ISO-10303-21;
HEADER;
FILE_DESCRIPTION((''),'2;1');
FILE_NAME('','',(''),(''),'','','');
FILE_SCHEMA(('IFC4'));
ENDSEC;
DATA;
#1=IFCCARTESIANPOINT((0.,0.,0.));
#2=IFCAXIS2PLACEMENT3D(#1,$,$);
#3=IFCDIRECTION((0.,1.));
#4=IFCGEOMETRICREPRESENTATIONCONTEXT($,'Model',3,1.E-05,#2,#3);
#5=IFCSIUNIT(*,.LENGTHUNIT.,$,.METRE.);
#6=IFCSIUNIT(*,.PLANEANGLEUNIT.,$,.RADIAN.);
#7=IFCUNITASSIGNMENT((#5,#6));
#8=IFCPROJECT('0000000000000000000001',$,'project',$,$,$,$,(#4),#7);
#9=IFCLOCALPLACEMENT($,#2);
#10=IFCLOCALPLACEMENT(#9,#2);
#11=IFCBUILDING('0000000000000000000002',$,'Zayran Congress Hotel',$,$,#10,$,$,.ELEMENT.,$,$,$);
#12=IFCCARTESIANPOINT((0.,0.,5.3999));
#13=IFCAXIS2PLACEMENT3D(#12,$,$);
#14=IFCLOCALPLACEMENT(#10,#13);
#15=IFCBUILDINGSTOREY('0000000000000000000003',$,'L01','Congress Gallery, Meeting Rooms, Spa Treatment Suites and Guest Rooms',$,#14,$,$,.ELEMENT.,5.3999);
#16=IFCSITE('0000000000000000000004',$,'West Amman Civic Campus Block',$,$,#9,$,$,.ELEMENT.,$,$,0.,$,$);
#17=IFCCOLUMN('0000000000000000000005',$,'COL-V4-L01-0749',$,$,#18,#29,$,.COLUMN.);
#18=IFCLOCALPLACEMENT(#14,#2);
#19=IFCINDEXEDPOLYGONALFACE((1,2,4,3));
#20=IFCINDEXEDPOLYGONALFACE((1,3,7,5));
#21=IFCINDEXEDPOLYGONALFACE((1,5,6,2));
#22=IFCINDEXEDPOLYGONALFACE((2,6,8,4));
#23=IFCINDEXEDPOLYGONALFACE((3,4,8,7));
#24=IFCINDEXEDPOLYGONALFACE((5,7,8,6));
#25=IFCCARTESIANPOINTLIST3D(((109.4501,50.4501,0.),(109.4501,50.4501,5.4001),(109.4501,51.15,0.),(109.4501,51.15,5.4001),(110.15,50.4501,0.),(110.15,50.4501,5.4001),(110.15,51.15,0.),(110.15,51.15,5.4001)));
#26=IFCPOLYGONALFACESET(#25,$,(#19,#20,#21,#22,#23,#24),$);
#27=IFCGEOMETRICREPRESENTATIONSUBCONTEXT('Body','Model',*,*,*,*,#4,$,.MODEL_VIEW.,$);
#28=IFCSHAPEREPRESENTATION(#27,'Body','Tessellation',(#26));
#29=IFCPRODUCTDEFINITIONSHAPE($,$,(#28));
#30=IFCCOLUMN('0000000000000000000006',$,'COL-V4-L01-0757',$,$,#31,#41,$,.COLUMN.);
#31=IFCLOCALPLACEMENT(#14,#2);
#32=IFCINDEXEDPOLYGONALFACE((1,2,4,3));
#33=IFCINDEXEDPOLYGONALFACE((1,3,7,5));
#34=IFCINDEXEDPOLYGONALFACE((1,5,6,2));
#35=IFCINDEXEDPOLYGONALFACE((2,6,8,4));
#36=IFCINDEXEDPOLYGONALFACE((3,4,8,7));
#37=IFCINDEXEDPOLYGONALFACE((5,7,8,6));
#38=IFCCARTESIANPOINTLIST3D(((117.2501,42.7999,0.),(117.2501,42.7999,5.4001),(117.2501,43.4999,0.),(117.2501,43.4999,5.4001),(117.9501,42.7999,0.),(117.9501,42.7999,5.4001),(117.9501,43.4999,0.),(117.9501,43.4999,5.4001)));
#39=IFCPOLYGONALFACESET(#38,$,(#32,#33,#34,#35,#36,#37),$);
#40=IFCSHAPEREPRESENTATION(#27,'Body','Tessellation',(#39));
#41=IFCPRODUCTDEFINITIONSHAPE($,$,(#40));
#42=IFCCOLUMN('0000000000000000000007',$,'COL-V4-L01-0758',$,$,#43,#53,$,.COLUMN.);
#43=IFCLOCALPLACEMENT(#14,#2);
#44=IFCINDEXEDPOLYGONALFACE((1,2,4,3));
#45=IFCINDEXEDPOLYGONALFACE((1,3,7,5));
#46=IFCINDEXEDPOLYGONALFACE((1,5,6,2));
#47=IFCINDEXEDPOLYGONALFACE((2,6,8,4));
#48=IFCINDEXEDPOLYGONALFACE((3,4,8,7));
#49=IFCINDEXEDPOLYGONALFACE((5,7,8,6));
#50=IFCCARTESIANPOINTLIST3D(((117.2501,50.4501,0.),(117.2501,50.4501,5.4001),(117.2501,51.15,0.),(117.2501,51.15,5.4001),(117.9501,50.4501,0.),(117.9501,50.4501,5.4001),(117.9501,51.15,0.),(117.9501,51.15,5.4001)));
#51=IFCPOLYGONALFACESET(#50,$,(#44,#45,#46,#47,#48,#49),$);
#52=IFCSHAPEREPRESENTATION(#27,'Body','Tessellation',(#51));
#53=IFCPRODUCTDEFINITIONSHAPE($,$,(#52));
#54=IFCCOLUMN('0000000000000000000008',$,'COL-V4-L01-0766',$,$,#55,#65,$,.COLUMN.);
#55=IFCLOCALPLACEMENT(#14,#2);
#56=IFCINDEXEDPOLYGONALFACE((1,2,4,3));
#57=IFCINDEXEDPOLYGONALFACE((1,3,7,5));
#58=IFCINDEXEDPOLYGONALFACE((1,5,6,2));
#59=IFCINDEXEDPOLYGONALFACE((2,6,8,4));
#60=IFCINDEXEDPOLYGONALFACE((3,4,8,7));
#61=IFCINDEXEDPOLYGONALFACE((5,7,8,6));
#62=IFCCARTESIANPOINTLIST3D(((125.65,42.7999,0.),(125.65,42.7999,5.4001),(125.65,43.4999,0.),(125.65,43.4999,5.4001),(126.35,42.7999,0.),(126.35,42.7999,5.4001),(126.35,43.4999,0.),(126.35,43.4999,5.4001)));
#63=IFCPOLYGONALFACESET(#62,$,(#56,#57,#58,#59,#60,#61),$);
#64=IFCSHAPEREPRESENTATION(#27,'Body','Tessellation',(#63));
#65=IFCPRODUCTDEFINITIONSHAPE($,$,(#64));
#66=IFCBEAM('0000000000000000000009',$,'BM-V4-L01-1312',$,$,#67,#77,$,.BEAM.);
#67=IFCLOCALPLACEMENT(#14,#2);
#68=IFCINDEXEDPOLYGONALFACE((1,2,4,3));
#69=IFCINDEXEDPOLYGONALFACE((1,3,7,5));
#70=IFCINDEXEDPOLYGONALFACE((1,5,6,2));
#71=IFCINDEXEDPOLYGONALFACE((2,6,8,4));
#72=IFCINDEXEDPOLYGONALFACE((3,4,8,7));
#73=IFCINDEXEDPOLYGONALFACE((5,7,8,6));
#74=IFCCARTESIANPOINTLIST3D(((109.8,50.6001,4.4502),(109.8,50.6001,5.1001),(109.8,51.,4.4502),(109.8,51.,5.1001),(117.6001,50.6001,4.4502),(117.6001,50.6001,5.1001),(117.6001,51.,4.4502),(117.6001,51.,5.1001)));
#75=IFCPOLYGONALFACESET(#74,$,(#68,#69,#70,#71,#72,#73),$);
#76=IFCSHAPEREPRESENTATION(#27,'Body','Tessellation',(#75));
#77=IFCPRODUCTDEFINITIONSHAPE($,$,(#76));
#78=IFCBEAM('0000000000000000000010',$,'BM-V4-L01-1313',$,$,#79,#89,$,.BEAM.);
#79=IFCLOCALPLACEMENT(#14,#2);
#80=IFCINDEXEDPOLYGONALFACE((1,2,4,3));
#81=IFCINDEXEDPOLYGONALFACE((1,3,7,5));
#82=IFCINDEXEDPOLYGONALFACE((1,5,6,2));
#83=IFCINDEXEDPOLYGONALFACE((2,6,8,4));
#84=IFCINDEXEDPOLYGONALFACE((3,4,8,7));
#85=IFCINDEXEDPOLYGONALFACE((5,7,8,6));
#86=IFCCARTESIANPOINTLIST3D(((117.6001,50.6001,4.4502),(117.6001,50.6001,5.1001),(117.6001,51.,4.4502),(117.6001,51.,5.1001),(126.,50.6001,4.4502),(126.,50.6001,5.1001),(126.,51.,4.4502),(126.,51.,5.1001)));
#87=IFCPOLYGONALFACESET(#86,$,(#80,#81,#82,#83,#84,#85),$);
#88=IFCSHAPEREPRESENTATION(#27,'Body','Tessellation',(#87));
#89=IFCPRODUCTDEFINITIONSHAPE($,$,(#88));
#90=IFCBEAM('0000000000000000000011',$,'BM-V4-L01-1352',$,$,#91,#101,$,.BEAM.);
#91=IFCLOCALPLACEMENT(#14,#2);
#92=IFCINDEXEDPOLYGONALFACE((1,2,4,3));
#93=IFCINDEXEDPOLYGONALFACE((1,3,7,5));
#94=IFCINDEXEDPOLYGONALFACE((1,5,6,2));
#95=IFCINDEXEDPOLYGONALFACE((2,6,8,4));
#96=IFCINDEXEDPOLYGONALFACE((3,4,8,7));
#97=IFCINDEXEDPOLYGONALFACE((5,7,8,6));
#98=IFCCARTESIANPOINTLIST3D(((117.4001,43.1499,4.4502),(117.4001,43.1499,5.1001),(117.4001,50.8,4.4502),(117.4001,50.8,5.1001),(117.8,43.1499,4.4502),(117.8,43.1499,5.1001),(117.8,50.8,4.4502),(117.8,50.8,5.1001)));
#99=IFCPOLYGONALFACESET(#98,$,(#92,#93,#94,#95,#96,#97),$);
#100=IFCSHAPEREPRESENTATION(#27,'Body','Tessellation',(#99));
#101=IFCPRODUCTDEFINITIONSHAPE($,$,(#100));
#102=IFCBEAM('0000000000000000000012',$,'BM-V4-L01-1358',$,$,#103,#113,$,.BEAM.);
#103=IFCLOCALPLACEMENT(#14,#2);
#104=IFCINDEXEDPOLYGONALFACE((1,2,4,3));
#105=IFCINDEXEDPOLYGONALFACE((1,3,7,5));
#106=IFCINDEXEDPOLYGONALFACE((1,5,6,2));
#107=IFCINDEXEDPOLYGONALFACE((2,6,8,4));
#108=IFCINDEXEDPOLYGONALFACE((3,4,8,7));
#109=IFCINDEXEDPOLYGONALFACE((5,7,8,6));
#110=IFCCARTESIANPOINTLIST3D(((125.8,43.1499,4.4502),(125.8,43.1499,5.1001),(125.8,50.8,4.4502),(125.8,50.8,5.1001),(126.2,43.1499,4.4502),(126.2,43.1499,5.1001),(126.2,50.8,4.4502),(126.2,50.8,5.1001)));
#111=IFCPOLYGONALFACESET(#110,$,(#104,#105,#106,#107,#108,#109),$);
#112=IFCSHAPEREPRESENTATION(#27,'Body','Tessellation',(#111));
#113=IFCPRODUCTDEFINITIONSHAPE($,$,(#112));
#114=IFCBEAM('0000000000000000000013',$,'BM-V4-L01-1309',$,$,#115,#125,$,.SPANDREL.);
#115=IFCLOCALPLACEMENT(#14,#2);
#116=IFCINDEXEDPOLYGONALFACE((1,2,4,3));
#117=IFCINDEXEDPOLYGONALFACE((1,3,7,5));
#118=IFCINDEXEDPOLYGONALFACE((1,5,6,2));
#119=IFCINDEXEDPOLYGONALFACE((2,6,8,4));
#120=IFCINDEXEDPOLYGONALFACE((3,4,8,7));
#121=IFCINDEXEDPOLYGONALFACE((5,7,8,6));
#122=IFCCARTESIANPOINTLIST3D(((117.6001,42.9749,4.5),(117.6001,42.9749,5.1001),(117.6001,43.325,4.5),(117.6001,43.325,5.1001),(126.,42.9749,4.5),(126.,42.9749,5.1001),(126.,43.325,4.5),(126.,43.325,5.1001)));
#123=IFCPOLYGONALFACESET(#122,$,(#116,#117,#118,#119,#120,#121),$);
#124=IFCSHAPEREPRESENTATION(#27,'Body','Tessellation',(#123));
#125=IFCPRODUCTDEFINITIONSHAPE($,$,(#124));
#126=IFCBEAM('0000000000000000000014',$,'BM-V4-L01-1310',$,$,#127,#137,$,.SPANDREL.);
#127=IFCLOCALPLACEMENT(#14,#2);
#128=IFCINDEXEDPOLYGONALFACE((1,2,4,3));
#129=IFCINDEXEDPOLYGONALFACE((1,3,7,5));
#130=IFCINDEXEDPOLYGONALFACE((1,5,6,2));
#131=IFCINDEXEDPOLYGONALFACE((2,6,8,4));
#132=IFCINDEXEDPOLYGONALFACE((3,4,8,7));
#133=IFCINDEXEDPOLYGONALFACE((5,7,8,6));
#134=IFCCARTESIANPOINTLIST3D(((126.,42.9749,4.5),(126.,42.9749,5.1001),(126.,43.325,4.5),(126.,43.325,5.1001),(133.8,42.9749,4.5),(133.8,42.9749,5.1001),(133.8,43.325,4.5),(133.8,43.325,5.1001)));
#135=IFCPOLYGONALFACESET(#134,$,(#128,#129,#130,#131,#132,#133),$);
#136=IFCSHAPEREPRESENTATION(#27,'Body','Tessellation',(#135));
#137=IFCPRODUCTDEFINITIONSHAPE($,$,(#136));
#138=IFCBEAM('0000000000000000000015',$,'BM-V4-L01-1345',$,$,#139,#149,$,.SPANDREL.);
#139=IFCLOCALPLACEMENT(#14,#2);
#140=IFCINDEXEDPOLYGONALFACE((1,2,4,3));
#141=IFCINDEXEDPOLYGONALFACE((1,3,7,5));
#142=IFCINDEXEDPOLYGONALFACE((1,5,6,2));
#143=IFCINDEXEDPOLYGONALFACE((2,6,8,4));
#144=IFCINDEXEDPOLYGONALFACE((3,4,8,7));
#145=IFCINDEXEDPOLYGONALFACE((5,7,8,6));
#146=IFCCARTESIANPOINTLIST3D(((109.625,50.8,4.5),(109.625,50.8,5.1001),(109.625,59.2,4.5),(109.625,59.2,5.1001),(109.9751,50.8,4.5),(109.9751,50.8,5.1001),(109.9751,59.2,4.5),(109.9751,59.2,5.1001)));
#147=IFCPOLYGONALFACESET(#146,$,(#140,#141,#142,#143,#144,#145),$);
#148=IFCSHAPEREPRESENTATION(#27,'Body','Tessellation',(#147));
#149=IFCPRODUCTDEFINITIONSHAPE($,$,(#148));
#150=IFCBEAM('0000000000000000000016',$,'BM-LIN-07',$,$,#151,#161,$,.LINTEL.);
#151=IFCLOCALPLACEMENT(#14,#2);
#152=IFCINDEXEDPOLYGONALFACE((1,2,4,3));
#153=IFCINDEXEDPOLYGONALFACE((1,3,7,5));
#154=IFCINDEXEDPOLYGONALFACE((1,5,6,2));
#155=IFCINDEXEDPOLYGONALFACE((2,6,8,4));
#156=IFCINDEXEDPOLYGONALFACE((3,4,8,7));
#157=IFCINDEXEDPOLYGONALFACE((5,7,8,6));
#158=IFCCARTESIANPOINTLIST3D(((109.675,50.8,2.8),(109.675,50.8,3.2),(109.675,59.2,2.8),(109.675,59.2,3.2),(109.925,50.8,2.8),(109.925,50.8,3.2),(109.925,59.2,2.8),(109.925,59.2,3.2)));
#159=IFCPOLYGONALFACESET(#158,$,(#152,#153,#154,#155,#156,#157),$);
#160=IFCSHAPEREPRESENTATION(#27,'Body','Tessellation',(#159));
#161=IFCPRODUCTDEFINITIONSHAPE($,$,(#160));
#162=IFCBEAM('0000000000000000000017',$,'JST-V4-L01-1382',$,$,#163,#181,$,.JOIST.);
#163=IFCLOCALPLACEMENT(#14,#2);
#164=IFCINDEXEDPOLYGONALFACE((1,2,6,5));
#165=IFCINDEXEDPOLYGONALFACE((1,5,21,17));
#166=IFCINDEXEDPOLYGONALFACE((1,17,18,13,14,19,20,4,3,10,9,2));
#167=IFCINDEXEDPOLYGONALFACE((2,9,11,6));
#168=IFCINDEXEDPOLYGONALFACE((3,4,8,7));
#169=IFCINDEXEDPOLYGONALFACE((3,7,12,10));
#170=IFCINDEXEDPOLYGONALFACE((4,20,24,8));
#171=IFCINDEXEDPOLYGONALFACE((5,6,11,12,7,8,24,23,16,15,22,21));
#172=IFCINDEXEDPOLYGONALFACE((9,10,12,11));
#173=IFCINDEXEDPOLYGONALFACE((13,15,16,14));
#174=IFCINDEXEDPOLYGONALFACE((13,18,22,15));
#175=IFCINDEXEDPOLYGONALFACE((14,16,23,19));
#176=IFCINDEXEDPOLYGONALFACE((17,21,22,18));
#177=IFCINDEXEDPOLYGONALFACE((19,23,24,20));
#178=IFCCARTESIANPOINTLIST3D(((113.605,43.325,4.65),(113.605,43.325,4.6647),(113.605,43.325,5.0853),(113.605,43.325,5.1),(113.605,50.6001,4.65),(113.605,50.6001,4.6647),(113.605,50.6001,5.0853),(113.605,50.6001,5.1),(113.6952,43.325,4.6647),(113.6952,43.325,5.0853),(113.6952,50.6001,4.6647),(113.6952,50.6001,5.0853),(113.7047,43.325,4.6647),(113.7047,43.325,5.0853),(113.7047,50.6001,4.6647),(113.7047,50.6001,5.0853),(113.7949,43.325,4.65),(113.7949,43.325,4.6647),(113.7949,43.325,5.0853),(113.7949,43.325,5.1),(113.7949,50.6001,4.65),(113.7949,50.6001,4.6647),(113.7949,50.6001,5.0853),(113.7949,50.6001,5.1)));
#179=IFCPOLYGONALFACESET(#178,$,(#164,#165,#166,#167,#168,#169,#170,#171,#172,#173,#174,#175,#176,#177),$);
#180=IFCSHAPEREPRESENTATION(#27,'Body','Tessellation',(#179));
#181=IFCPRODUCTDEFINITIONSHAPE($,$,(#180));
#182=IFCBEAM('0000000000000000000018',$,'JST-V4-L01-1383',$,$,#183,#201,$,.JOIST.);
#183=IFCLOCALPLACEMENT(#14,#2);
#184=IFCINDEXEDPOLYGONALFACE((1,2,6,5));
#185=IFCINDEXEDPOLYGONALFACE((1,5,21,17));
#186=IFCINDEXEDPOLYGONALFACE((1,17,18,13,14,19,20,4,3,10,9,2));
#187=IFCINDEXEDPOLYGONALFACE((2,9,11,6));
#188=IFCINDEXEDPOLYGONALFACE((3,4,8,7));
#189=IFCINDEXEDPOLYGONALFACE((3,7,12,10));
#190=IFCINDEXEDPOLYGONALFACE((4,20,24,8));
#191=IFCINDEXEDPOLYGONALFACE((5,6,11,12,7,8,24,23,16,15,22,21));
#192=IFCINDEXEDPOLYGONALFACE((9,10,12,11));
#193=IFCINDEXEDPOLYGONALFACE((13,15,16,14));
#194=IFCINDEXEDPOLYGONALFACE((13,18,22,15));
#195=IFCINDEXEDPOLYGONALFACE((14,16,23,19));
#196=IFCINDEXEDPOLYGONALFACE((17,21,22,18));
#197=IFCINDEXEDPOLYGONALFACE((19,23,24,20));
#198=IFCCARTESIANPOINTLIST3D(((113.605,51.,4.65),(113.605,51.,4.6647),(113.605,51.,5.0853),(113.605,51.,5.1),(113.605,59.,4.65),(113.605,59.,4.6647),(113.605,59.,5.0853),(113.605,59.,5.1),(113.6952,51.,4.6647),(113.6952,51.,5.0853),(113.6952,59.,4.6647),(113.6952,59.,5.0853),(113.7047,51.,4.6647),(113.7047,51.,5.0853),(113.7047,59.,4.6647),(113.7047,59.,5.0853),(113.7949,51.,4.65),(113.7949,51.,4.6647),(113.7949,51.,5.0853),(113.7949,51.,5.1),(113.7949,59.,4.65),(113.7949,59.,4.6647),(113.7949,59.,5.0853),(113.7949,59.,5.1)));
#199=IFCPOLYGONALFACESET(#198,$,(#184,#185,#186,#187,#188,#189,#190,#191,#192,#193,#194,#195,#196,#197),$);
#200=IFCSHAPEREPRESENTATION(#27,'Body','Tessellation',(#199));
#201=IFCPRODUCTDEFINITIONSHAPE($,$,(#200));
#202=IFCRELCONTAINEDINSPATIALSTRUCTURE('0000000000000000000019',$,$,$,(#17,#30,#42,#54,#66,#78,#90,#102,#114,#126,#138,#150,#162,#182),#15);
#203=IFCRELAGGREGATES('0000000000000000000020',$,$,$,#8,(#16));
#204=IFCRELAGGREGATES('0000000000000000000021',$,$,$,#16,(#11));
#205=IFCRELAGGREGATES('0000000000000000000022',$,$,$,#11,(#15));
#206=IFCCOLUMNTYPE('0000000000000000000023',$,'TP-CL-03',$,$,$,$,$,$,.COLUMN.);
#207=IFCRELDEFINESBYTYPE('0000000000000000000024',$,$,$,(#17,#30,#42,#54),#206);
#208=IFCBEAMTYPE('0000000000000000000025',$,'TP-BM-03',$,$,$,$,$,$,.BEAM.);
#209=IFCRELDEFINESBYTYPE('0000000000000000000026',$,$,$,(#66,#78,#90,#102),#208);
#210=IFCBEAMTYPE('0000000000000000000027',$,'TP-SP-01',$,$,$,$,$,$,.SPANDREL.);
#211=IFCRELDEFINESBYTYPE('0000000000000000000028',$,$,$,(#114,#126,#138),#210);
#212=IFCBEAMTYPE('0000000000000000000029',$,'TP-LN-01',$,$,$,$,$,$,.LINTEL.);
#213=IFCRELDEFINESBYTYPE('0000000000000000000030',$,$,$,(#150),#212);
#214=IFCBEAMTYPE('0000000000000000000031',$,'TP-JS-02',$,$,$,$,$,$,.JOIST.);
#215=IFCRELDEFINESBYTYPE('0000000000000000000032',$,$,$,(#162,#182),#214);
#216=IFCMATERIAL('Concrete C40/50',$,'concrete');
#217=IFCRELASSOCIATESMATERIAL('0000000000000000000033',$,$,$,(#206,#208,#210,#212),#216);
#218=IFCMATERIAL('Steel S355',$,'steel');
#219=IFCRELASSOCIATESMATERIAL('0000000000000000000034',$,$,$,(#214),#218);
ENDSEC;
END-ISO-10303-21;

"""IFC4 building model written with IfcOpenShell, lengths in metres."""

from ifc_helpers import new_model, si_unit, direction, frame, origin, origin_2d, place, context, subcontext, project, spatial, rectangle, i_section, extrude, material, material_profile, profile_set, type_object, element, save


model = new_model("IFC4")

# Units and contexts
model_context = context("Model", 3, precision=1e-05, world=origin(), true_north=direction((0.0, 1.0)))
body_context = subcontext(model_context, "Body", "Model", "MODEL_VIEW")
ifc_project = project(units=[si_unit("LENGTHUNIT", "METRE"), si_unit("PLANEANGLEUNIT", "RADIAN")], contexts=[model_context])

# Site, building, storey
site_placement = place(None, origin())
site = spatial("IfcSite", under=ifc_project, at=site_placement, Name="West Amman Civic Campus Block", CompositionType="ELEMENT", RefElevation=0.0)
building_placement = place(site_placement, origin())
building = spatial("IfcBuilding", under=site, at=building_placement, Name="Zayran Congress Hotel", CompositionType="ELEMENT")
storey_placement = place(building_placement, frame((0.0, 0.0, 5.3999)))
storey = spatial("IfcBuildingStorey", under=building, at=storey_placement, Name="L01", Description="Congress Gallery, Meeting Rooms, Spa Treatment Suites and Guest Rooms", CompositionType="ELEMENT", Elevation=5.3999)

# Columns
ifc_material_1 = material(Name="Concrete C40/50", Category="concrete")
ifc_material_profile_1 = material_profile(ifc_material_1, rectangle(XDim=0.7, YDim=0.7, at=origin_2d()), Name="RC 700x700")
ifc_profile_set_1 = profile_set([ifc_material_profile_1], Name="Concrete C40/50")
column_type = type_object("IfcColumnType", Name="TP-CL-03", PredefinedType="COLUMN", material=ifc_profile_set_1)
for number, where, z_axis, x_axis, name in (
    (1, (109.8, 50.8, 0.0), (0.0, 0.0, 1.0), (1.0, 0.0, 0.0), "COL-V4-L01-0749"),
    (2, (117.6001, 43.1499, 0.0), (0.0, 0.0, 1.0), (1.0, 0.0, 0.0), "COL-V4-L01-0757"),
    (3, (117.6001, 50.8, 0.0), (0.0, 0.0, 1.0), (1.0, 0.0, 0.0), "COL-V4-L01-0758"),
    (4, (126.0, 43.1499, 0.0), (0.0, 0.0, 1.0), (1.0, 0.0, 0.0), "COL-V4-L01-0766"),
):
    element("IfcColumn", number, at=place(storey_placement, frame(where, z_axis=z_axis, x_axis=x_axis)), inside=storey, type_object=column_type, Name=name, PredefinedType="COLUMN", context=body_context, shape_type="SweptSolid", body=[
        extrude(rectangle(XDim=0.7, YDim=0.7, at=origin_2d()), origin(), (0.0, 0.0, 1.0), 5.4001),
    ])

# Beams
ifc_material_profile_2 = material_profile(ifc_material_1, rectangle(XDim=0.3999, YDim=0.6499, at=origin_2d()), Name="RC 400x650")
ifc_profile_set_2 = profile_set([ifc_material_profile_2], Name="Concrete C40/50")
beam_type_1 = type_object("IfcBeamType", Name="TP-BM-03", PredefinedType="BEAM", material=ifc_profile_set_2)
beam_1_placement = place(storey_placement, frame((109.8, 50.8, 4.7751), z_axis=(1.0, 0.0, 0.0), x_axis=(0.0, 1.0, 0.0)))
element("IfcBeam", 5, at=beam_1_placement, inside=storey, type_object=beam_type_1, Name="BM-V4-L01-1312", PredefinedType="BEAM", context=body_context, shape_type="SweptSolid", body=[
    extrude(rectangle(XDim=0.3999, YDim=0.6499, at=origin_2d()), origin(), (0.0, 0.0, 1.0), 7.8),
])
beam_2_placement = place(storey_placement, frame((117.6001, 50.8, 4.7751), z_axis=(1.0, 0.0, 0.0), x_axis=(0.0, 1.0, 0.0)))
element("IfcBeam", 6, at=beam_2_placement, inside=storey, type_object=beam_type_1, Name="BM-V4-L01-1313", PredefinedType="BEAM", context=body_context, shape_type="SweptSolid", body=[
    extrude(rectangle(XDim=0.3999, YDim=0.6499, at=origin_2d()), origin(), (0.0, 0.0, 1.0), 8.3999),
])
for number, where, z_axis, x_axis, name in (
    (7, (117.6001, 43.1499, 4.7751), (0.0, 1.0, 0.0), (-1.0, 0.0, 0.0), "BM-V4-L01-1352"),
    (8, (126.0, 43.1499, 4.7751), (0.0, 1.0, 0.0), (-1.0, 0.0, 0.0), "BM-V4-L01-1358"),
):
    element("IfcBeam", number, at=place(storey_placement, frame(where, z_axis=z_axis, x_axis=x_axis)), inside=storey, type_object=beam_type_1, Name=name, PredefinedType="BEAM", context=body_context, shape_type="SweptSolid", body=[
        extrude(rectangle(XDim=0.3999, YDim=0.6499, at=origin_2d()), origin(), (0.0, 0.0, 1.0), 7.6501),
    ])
ifc_material_profile_3 = material_profile(ifc_material_1, rectangle(XDim=0.3501, YDim=0.6001, at=origin_2d()), Name="RC 350x600")
ifc_profile_set_3 = profile_set([ifc_material_profile_3], Name="Concrete C40/50")
beam_type_2 = type_object("IfcBeamType", Name="TP-SP-01", PredefinedType="SPANDREL", material=ifc_profile_set_3)
beam_3_placement = place(storey_placement, frame((117.6001, 43.1499, 4.8), z_axis=(1.0, 0.0, 0.0), x_axis=(0.0, 1.0, 0.0)))
element("IfcBeam", 9, at=beam_3_placement, inside=storey, type_object=beam_type_2, Name="BM-V4-L01-1309", PredefinedType="SPANDREL", context=body_context, shape_type="SweptSolid", body=[
    extrude(rectangle(XDim=0.3501, YDim=0.6001, at=origin_2d()), origin(), (0.0, 0.0, 1.0), 8.3999),
])
beam_4_placement = place(storey_placement, frame((126.0, 43.1499, 4.8), z_axis=(1.0, 0.0, 0.0), x_axis=(0.0, 1.0, 0.0)))
element("IfcBeam", 10, at=beam_4_placement, inside=storey, type_object=beam_type_2, Name="BM-V4-L01-1310", PredefinedType="SPANDREL", context=body_context, shape_type="SweptSolid", body=[
    extrude(rectangle(XDim=0.3501, YDim=0.6001, at=origin_2d()), origin(), (0.0, 0.0, 1.0), 7.8),
])
beam_5_placement = place(storey_placement, frame((109.8, 50.8, 4.8), z_axis=(0.0, 1.0, 0.0), x_axis=(-1.0, 0.0, 0.0)))
element("IfcBeam", 11, at=beam_5_placement, inside=storey, type_object=beam_type_2, Name="BM-V4-L01-1345", PredefinedType="SPANDREL", context=body_context, shape_type="SweptSolid", body=[
    extrude(rectangle(XDim=0.3501, YDim=0.6001, at=origin_2d()), origin(), (0.0, 0.0, 1.0), 8.3999),
])
ifc_material_profile_4 = material_profile(ifc_material_1, rectangle(XDim=0.25, YDim=0.3999, at=origin_2d()), Name="RC 250x400")
ifc_profile_set_4 = profile_set([ifc_material_profile_4], Name="Concrete C40/50")
beam_type_3 = type_object("IfcBeamType", Name="TP-LN-01", PredefinedType="LINTEL", material=ifc_profile_set_4)
beam_6_placement = place(storey_placement, frame((109.8, 50.8, 3.0), z_axis=(0.0, 1.0, 0.0), x_axis=(-1.0, 0.0, 0.0)))
element("IfcBeam", 12, at=beam_6_placement, inside=storey, type_object=beam_type_3, Name="BM-LIN-07", PredefinedType="LINTEL", context=body_context, shape_type="SweptSolid", body=[
    extrude(rectangle(XDim=0.25, YDim=0.3999, at=origin_2d()), origin(), (0.0, 0.0, 1.0), 8.3999),
])
ifc_material_2 = material(Name="Steel S355", Category="steel")
ifc_material_profile_5 = material_profile(ifc_material_2, i_section(OverallWidth=0.1899, OverallDepth=0.45, WebThickness=0.0095, FlangeThickness=0.0146, at=origin_2d()), Name="IPE 450")
ifc_profile_set_5 = profile_set([ifc_material_profile_5], Name="Steel S355")
beam_type_4 = type_object("IfcBeamType", Name="TP-JS-02", PredefinedType="JOIST", material=ifc_profile_set_5)
beam_7_placement = place(storey_placement, frame((113.7, 43.325, 4.875), z_axis=(0.0, 1.0, 0.0), x_axis=(-1.0, 0.0, 0.0)))
element("IfcBeam", 13, at=beam_7_placement, inside=storey, type_object=beam_type_4, Name="JST-V4-L01-1382", PredefinedType="JOIST", context=body_context, shape_type="SweptSolid", body=[
    extrude(i_section(OverallWidth=0.1899, OverallDepth=0.45, WebThickness=0.0095, FlangeThickness=0.0146, at=origin_2d()), origin(), (0.0, 0.0, 1.0), 7.2751),
])
beam_8_placement = place(storey_placement, frame((113.7, 51.0, 4.875), z_axis=(0.0, 1.0, 0.0), x_axis=(-1.0, 0.0, 0.0)))
element("IfcBeam", 14, at=beam_8_placement, inside=storey, type_object=beam_type_4, Name="JST-V4-L01-1383", PredefinedType="JOIST", context=body_context, shape_type="SweptSolid", body=[
    extrude(i_section(OverallWidth=0.1899, OverallDepth=0.45, WebThickness=0.0095, FlangeThickness=0.0146, at=origin_2d()), origin(), (0.0, 0.0, 1.0), 8.0),
])

save(model, "model.ifc")
